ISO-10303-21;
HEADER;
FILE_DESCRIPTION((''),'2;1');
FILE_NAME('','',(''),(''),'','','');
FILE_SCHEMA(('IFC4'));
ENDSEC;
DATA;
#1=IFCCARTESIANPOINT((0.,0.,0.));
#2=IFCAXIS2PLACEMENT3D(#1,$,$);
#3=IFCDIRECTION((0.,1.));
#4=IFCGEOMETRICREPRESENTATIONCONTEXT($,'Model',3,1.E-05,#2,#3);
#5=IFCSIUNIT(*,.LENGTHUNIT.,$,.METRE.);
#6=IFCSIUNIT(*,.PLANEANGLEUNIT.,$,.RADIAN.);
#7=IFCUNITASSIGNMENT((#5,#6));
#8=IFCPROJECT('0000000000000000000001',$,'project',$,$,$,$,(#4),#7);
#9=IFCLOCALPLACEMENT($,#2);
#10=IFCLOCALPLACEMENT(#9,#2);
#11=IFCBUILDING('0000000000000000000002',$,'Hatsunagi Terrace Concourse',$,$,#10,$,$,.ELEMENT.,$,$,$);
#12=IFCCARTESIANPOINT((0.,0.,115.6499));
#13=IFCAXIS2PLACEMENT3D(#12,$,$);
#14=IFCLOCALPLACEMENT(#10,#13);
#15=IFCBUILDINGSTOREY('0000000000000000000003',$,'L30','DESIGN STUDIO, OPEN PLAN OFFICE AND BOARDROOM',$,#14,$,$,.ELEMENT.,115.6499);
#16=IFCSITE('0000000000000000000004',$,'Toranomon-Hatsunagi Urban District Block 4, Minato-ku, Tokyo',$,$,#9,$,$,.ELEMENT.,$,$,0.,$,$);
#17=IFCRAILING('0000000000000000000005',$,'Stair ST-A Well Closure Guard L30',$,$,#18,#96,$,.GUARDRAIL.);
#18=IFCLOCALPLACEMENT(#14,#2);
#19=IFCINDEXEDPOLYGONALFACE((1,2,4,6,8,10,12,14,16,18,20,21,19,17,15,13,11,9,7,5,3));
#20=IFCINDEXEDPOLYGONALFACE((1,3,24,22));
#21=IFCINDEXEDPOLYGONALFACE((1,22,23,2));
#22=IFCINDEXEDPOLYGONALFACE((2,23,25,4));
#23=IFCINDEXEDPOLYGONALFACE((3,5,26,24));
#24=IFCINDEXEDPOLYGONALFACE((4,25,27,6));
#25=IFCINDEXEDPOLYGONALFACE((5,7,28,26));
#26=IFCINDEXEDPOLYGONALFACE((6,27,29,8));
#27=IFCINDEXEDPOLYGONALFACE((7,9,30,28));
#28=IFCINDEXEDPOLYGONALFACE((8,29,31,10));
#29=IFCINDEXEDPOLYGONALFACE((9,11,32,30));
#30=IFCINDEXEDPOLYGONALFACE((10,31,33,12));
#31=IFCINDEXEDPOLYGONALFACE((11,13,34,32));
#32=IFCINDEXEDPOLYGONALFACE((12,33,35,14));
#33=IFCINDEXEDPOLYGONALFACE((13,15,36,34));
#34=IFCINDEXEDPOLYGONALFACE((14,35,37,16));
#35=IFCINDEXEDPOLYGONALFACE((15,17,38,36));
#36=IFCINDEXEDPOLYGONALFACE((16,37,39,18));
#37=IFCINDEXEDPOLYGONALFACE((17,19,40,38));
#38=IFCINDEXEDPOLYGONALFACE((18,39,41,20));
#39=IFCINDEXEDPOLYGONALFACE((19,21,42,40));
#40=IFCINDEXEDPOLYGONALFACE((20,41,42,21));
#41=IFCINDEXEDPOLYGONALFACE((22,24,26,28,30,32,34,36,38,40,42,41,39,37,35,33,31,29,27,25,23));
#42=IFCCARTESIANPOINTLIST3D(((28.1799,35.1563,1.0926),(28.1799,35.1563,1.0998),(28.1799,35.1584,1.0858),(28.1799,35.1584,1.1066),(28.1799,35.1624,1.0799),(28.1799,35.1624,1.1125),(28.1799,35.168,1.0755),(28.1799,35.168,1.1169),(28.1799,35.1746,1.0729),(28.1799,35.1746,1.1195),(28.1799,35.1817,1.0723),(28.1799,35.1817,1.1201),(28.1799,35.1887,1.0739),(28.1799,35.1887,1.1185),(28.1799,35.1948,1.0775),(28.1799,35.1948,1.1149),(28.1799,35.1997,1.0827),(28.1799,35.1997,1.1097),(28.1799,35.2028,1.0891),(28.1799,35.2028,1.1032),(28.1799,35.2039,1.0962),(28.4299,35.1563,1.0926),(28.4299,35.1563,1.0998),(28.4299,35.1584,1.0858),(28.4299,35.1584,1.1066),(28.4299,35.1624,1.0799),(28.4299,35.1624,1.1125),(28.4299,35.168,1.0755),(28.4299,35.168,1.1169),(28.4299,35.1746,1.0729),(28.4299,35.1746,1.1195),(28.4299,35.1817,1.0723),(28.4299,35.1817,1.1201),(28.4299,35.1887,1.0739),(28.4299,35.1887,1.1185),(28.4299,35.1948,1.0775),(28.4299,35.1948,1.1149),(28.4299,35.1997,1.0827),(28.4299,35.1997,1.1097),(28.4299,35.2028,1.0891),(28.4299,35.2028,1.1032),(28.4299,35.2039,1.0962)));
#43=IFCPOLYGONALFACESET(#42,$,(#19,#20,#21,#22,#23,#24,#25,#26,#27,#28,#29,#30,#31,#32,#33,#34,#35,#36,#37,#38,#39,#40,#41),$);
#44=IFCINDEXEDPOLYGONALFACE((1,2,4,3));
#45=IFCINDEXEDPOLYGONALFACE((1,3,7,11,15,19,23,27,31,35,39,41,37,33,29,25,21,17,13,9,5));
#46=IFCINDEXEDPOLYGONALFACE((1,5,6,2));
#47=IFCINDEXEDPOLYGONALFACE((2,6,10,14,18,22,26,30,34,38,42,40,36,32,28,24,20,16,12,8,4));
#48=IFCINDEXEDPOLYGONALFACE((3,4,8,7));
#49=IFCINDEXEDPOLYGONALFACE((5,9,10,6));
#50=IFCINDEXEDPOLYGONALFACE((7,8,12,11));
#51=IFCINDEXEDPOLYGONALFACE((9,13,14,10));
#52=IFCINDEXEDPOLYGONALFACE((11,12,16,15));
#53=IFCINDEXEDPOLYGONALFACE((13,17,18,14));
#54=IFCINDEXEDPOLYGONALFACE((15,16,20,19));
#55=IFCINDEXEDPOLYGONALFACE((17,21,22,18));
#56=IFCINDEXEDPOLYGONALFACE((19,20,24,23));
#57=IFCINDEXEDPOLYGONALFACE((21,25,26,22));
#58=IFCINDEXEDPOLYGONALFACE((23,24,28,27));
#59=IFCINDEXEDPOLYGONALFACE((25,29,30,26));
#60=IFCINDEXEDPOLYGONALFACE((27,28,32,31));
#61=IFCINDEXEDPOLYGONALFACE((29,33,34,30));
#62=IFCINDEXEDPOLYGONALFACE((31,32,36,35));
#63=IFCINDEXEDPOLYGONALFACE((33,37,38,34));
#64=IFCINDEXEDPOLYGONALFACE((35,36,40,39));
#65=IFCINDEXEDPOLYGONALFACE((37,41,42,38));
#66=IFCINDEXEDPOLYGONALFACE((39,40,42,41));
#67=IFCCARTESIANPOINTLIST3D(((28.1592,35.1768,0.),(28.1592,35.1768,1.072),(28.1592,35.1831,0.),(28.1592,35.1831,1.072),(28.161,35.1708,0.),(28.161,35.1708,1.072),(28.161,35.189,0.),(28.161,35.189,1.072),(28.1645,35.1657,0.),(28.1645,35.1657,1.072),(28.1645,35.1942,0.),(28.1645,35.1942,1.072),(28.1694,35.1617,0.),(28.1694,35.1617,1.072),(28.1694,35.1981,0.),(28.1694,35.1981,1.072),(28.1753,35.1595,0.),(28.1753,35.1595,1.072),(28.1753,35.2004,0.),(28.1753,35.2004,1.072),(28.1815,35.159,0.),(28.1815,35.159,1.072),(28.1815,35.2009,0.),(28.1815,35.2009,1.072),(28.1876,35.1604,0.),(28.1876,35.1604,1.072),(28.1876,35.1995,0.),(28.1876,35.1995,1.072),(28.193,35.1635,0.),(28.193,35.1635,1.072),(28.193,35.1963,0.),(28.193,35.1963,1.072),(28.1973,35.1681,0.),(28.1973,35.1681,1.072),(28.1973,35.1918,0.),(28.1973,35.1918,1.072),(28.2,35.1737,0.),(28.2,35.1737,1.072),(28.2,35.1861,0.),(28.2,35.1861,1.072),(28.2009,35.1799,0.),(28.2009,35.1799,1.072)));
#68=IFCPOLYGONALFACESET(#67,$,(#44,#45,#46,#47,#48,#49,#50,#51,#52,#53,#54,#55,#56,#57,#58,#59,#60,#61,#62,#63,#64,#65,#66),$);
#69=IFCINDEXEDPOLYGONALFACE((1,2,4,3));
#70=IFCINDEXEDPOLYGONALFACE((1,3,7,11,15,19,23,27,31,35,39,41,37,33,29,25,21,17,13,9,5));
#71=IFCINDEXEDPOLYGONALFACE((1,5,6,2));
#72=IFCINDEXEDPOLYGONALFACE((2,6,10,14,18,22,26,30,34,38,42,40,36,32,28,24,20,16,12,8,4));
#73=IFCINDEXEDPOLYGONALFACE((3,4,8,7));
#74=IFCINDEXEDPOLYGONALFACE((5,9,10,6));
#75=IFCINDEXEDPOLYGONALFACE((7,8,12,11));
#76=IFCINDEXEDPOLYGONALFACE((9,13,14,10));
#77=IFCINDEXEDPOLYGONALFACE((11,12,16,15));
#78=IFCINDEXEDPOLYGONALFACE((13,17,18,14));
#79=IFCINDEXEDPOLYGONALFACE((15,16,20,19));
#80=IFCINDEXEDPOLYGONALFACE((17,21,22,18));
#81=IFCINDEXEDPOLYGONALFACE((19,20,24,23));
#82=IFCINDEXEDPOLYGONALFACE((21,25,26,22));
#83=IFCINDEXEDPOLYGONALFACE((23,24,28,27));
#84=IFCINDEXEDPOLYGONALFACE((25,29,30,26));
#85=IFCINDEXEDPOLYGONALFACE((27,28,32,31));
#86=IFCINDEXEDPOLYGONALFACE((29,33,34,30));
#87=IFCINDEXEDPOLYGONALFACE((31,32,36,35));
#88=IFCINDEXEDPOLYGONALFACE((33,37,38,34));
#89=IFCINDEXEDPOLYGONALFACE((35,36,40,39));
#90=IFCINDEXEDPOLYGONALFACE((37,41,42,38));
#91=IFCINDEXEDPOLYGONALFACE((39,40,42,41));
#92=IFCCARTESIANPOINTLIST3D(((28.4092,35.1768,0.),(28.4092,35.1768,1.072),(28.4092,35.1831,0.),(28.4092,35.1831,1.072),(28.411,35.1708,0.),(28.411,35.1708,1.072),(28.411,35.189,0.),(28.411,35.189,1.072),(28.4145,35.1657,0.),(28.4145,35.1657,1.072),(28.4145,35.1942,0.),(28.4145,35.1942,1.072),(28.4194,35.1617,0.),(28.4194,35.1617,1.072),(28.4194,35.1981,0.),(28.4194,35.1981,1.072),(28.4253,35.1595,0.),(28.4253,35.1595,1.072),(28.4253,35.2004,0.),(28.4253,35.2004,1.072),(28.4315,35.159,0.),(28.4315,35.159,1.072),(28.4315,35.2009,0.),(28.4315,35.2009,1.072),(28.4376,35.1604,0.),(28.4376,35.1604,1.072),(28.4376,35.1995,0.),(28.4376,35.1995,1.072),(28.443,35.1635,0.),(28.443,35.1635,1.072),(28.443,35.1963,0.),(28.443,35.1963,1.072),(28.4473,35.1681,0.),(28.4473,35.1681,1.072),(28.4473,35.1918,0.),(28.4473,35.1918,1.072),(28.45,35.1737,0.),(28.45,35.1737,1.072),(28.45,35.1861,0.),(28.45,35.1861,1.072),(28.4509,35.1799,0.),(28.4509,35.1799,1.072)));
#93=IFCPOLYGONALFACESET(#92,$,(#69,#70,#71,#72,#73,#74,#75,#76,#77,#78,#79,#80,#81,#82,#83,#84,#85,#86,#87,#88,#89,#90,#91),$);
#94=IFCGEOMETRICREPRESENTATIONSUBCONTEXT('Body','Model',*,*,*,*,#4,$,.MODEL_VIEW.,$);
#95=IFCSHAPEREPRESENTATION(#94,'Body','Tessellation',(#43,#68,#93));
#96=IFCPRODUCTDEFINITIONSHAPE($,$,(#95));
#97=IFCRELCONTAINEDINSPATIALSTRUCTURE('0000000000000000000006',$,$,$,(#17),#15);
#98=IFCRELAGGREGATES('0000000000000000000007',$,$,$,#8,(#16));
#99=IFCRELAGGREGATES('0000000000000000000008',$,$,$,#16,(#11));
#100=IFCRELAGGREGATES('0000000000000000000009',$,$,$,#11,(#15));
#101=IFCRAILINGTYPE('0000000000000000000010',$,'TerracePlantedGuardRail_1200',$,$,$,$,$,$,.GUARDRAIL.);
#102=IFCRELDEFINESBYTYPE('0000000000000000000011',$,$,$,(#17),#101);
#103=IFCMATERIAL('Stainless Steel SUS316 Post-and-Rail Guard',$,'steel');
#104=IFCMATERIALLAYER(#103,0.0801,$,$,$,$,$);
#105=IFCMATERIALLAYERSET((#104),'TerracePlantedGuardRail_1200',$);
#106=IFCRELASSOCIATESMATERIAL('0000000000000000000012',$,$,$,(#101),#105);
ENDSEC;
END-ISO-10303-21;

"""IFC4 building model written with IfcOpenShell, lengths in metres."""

from ifc_helpers import new_model, si_unit, direction, frame, origin, origin_2d, place, context, subcontext, project, spatial, circle, extrude, material, layer, layer_set, type_object, element, save


model = new_model("IFC4")

# Units and contexts
model_context = context("Model", 3, precision=1e-05, world=origin(), true_north=direction((0.0, 1.0)))
body_context = subcontext(model_context, "Body", "Model", "MODEL_VIEW")
ifc_project = project(units=[si_unit("LENGTHUNIT", "METRE"), si_unit("PLANEANGLEUNIT", "RADIAN")], contexts=[model_context])

# Site, building, storey
site_placement = place(None, origin())
site = spatial("IfcSite", under=ifc_project, at=site_placement, Name="Toranomon-Hatsunagi Urban District Block 4, Minato-ku, Tokyo", CompositionType="ELEMENT", RefElevation=0.0)
building_placement = place(site_placement, origin())
building = spatial("IfcBuilding", under=site, at=building_placement, Name="Hatsunagi Terrace Concourse", CompositionType="ELEMENT")
storey_placement = place(building_placement, frame((0.0, 0.0, 115.6499)))
storey = spatial("IfcBuildingStorey", under=building, at=storey_placement, Name="L30", Description="DESIGN STUDIO, OPEN PLAN OFFICE AND BOARDROOM", CompositionType="ELEMENT", Elevation=115.6499)

# Railing
ifc_material_1 = material(Name="Stainless Steel SUS316 Post-and-Rail Guard", Category="steel")
ifc_layer_1 = layer(ifc_material_1, 0.0801)
ifc_layer_set_1 = layer_set([ifc_layer_1], Name="TerracePlantedGuardRail_1200")
railing_type_1 = type_object("IfcRailingType", Name="TerracePlantedGuardRail_1200", PredefinedType="GUARDRAIL", material=ifc_layer_set_1)
railing_1_placement = place(storey_placement, frame((28.1799, 35.1799, 0.0)))
element("IfcRailing", 1, at=railing_1_placement, inside=storey, type_object=railing_type_1, Name="Stair ST-A Well Closure Guard L30", PredefinedType="GUARDRAIL", context=body_context, shape_type="SweptSolid", body=[
    extrude(circle(Radius=0.0239, at=origin_2d()), frame((0.0, 0.0, 1.0962), z_axis=(1.0, 0.0, 0.0), x_axis=(0.0, 1.0, 0.0)), (0.0, 0.0, 1.0), 0.25),
    extrude(circle(Radius=0.021, at=origin_2d()), origin(), (0.0, 0.0, 1.0), 1.072),
    extrude(circle(Radius=0.021, at=origin_2d()), frame((0.25, 0.0, 0.0)), (0.0, 0.0, 1.0), 1.072),
])

save(model, "model.ifc")
